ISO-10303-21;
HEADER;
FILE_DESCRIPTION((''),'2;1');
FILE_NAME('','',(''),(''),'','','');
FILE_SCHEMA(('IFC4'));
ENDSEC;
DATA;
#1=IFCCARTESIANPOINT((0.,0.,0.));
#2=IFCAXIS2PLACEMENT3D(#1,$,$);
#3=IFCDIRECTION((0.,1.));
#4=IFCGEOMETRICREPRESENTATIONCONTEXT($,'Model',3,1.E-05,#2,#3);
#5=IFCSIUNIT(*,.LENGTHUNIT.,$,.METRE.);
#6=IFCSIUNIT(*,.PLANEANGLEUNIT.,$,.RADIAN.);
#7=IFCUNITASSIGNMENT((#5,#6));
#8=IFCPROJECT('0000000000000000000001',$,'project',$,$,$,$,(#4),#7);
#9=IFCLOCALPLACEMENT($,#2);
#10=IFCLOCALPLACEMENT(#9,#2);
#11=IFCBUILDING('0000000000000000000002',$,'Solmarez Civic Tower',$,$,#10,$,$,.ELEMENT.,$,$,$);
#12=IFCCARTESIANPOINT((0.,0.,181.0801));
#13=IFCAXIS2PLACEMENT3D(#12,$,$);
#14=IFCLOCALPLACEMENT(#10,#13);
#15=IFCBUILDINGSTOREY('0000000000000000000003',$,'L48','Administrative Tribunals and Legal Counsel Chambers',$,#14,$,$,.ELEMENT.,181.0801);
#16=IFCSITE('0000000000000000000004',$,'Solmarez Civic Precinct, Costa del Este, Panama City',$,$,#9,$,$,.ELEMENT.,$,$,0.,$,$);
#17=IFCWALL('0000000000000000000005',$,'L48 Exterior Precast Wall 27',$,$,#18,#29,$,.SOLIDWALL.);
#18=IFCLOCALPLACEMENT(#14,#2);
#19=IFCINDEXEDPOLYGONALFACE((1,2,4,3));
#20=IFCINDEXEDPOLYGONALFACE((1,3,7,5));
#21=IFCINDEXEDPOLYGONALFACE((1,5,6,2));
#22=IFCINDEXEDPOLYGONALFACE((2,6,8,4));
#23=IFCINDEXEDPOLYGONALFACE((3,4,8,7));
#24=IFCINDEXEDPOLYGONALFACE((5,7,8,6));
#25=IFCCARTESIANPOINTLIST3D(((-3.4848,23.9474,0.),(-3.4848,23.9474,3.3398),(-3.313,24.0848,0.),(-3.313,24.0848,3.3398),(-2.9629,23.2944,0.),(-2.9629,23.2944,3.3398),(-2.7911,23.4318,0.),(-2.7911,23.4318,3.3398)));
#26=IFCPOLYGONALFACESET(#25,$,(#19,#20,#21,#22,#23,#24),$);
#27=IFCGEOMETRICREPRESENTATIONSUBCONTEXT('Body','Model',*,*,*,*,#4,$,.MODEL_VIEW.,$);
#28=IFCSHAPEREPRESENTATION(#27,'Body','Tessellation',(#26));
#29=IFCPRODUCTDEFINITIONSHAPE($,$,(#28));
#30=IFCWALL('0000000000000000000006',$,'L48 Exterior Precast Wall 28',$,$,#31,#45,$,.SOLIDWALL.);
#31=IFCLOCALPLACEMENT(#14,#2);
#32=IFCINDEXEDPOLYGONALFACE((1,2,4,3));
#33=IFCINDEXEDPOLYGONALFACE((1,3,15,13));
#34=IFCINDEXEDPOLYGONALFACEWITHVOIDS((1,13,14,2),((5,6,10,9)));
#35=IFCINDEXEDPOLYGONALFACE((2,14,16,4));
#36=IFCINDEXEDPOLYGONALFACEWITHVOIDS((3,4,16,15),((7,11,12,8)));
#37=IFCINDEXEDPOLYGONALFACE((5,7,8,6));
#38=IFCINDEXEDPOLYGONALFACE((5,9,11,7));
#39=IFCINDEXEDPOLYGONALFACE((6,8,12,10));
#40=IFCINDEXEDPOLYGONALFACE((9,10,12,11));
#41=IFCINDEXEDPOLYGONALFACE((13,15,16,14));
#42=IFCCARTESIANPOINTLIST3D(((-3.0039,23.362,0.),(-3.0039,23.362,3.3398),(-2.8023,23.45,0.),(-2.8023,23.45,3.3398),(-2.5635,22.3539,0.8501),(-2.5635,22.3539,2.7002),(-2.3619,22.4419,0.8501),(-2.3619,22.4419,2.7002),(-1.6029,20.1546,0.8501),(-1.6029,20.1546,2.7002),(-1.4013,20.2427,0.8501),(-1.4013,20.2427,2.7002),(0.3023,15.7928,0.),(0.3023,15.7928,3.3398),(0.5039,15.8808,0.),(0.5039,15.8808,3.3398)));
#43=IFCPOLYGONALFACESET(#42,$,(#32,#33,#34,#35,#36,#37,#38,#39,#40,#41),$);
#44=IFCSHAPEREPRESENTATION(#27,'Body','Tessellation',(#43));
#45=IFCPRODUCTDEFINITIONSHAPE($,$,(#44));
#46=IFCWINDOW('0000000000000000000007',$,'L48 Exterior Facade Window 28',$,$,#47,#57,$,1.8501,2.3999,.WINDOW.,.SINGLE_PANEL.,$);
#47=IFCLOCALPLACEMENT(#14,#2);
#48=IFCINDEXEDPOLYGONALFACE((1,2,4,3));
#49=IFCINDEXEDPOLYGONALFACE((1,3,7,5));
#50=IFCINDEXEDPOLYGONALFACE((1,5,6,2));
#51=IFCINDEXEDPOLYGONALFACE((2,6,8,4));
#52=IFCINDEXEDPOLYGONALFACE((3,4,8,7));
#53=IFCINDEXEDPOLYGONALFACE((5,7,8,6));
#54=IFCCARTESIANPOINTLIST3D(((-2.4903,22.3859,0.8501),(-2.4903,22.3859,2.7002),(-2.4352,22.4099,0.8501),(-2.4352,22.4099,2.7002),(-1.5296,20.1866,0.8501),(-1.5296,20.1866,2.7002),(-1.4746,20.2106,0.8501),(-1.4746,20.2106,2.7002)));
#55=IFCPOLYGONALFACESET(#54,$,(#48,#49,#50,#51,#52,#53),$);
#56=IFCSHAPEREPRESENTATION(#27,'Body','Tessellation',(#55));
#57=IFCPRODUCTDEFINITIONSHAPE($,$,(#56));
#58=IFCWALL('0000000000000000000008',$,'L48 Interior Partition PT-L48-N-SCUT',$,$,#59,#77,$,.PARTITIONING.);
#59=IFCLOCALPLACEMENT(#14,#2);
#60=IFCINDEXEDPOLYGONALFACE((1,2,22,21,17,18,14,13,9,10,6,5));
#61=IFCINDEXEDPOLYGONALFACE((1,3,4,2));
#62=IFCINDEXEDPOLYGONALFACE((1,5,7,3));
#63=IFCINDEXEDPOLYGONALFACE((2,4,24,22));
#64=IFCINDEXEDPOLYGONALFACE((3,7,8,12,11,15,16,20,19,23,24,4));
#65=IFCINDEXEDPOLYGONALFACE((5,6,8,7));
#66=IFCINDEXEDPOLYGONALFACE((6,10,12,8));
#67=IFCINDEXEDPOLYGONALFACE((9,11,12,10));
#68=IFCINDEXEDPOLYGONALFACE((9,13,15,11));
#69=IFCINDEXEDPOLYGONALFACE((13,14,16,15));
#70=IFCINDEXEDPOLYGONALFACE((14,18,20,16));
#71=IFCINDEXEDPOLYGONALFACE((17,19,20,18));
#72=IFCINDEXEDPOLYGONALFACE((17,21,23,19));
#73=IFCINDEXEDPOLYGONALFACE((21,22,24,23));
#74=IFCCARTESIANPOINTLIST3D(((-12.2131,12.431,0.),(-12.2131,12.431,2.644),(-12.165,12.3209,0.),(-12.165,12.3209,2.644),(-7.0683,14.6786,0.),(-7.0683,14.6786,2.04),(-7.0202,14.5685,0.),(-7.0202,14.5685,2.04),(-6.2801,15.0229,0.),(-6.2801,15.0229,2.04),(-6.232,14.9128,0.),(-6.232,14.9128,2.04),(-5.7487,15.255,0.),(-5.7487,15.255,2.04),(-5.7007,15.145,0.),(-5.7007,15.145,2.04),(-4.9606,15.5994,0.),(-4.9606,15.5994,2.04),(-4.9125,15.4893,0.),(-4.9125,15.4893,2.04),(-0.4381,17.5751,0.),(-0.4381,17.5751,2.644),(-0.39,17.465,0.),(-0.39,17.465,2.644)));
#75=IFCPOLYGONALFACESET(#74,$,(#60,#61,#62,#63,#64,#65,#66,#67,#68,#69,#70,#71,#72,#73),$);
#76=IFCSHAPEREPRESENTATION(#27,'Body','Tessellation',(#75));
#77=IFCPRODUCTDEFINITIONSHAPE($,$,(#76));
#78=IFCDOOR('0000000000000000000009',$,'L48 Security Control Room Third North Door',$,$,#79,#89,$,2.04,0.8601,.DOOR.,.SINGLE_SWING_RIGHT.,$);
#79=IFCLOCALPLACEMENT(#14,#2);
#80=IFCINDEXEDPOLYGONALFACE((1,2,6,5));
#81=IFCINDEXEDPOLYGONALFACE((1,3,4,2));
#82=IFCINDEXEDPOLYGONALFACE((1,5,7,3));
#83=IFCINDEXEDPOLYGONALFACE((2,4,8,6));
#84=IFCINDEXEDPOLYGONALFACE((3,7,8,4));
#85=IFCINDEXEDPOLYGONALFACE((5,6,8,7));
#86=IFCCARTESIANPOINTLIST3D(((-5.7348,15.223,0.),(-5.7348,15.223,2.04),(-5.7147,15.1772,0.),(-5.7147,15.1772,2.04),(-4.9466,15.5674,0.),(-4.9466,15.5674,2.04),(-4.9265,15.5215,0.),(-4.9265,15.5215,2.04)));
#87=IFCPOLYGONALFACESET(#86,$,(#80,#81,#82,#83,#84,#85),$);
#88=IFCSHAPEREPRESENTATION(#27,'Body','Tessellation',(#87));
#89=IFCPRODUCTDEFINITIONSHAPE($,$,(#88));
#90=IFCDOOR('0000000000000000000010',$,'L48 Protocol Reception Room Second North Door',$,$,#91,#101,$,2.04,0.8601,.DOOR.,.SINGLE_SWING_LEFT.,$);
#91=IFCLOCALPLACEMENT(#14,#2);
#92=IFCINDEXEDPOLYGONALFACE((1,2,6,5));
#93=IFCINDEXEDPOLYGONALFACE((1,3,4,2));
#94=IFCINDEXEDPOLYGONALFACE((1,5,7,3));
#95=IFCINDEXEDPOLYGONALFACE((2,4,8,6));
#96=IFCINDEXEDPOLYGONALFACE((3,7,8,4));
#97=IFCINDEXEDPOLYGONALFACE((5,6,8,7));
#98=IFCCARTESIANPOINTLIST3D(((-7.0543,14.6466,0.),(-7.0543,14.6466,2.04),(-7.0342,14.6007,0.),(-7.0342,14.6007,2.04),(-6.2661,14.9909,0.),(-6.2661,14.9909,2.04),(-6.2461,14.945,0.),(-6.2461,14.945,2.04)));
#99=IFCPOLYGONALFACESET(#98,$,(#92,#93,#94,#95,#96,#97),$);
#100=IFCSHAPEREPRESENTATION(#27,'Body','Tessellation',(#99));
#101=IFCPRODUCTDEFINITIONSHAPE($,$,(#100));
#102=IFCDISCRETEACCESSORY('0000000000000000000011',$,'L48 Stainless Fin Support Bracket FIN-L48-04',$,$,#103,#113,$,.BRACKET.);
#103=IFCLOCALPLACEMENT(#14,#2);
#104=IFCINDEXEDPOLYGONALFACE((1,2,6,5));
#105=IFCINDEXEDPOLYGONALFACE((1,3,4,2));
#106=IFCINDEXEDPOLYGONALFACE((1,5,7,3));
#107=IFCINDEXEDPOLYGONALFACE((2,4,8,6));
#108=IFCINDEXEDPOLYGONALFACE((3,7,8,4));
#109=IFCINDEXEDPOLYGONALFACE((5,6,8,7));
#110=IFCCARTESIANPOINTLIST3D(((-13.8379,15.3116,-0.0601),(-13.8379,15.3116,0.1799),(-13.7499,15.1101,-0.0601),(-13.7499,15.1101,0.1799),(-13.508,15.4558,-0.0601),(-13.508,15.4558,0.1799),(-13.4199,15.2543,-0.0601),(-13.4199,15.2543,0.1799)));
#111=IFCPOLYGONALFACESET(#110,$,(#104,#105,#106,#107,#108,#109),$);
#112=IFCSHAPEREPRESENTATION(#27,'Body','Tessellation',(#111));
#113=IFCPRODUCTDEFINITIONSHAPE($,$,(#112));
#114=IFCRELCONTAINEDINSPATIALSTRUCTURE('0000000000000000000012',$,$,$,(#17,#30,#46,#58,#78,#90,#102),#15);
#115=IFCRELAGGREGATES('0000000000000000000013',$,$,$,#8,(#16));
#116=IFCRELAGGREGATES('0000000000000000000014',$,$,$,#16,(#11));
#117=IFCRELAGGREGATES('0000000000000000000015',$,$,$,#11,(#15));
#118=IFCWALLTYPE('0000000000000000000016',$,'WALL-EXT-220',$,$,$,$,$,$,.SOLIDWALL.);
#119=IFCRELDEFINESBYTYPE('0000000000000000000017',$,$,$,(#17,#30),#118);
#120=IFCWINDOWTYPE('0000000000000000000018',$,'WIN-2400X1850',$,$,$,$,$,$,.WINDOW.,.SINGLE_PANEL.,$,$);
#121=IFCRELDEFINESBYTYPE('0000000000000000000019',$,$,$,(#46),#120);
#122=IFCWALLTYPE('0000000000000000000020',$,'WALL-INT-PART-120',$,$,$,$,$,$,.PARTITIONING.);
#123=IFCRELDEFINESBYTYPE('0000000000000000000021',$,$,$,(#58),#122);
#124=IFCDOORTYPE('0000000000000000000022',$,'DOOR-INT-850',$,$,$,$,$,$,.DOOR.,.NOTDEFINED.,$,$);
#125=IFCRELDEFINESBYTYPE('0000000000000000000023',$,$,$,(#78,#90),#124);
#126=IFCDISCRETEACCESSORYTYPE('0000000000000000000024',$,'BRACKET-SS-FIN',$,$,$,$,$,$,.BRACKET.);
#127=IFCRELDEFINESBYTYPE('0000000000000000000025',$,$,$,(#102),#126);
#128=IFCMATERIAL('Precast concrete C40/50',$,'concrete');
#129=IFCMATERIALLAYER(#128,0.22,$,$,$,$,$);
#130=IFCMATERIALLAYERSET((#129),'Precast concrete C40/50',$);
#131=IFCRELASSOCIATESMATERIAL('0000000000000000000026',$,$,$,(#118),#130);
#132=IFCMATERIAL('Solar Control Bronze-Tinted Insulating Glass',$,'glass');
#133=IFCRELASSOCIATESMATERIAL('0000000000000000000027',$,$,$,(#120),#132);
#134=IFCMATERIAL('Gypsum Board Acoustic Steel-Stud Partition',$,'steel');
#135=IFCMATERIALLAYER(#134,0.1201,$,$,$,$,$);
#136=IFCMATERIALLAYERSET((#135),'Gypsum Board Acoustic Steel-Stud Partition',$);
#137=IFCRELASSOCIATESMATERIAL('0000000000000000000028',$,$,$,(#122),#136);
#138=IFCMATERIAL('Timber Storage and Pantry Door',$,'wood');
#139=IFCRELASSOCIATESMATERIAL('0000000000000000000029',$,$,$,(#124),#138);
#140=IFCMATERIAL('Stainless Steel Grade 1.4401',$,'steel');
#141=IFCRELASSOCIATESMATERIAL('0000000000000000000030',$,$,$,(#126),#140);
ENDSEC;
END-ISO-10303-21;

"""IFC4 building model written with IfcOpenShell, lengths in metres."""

from ifc_helpers import new_model, si_unit, direction, frame, frame_2d, origin, origin_2d, place, context, subcontext, project, spatial, rectangle, extrude, material, layer, layer_set, type_object, element, fill, save


model = new_model("IFC4")

# Units and contexts
model_context = context("Model", 3, precision=1e-05, world=origin(), true_north=direction((0.0, 1.0)))
body_context = subcontext(model_context, "Body", "Model", "MODEL_VIEW")
ifc_project = project(units=[si_unit("LENGTHUNIT", "METRE"), si_unit("PLANEANGLEUNIT", "RADIAN")], contexts=[model_context])

# Site, building, storey
site_placement = place(None, origin())
site = spatial("IfcSite", under=ifc_project, at=site_placement, Name="Solmarez Civic Precinct, Costa del Este, Panama City", CompositionType="ELEMENT", RefElevation=0.0)
building_placement = place(site_placement, origin())
building = spatial("IfcBuilding", under=site, at=building_placement, Name="Solmarez Civic Tower", CompositionType="ELEMENT")
storey_placement = place(building_placement, frame((0.0, 0.0, 181.0801)))
storey = spatial("IfcBuildingStorey", under=building, at=storey_placement, Name="L48", Description="Administrative Tribunals and Legal Counsel Chambers", CompositionType="ELEMENT", Elevation=181.0801)

# Shared definitions
ifc_material_1 = material(Name="Precast concrete C40/50", Category="concrete")
ifc_layer_1 = layer(ifc_material_1, 0.22)
ifc_layer_set_1 = layer_set([ifc_layer_1], Name="Precast concrete C40/50")
wall_type_1 = type_object("IfcWallType", Name="WALL-EXT-220", PredefinedType="SOLIDWALL", material=ifc_layer_set_1)

# Shared definitions
ifc_material_2 = material(Name="Solar Control Bronze-Tinted Insulating Glass", Category="glass")

# Wall
wall_1_placement = place(storey_placement, frame((-3.3989, 24.0161, 0.0), z_axis=(0.0, 0.0, 1.0), x_axis=(0.624339, -0.781154, 0.0)))
element("IfcWall", 1, at=wall_1_placement, inside=storey, type_object=wall_type_1, Name="L48 Exterior Precast Wall 27", PredefinedType="SOLIDWALL", context=body_context, shape_type="SweptSolid", body=[
    extrude(rectangle(XDim=0.8359, YDim=0.22, at=frame_2d((0.418, 0.0))), origin(), (0.0, 0.0, 1.0), 3.3398),
])

# Wall, opening, window
wall_2_placement = place(storey_placement, frame((-2.9031, 23.406, 0.0), z_axis=(0.0, 0.0, 1.0), x_axis=(0.400278, -0.916394, 0.0)))
wall_2 = element("IfcWall", 2, at=wall_2_placement, inside=storey, type_object=wall_type_1, Name="L48 Exterior Precast Wall 28", PredefinedType="SOLIDWALL", context=body_context, shape_type="SweptSolid", body=[
    extrude(rectangle(XDim=8.2598, YDim=0.22, at=frame_2d((4.1299, 0.0))), origin(), (0.0, 0.0, 1.0), 3.3398),
])
opening_1_placement = place(wall_2_placement, frame((1.1001, 0.0, 0.8501)))
opening_1 = element("IfcOpeningElement", 3, at=opening_1_placement, cuts=wall_2, PredefinedType="OPENING", context=body_context, shape_type="SweptSolid", body=[
    extrude(rectangle(XDim=2.3999, YDim=1.8501, at=frame_2d((1.2, 0.925))), frame((0.0, 0.1199, 0.0), z_axis=(0.0, -1.0, 0.0), x_axis=(1.0, 0.0, 0.0)), (0.0, 0.0, 1.0), 0.24),
])
window_type_1 = type_object("IfcWindowType", Name="WIN-2400X1850", PartitioningType="SINGLE_PANEL", PredefinedType="WINDOW", material=ifc_material_2)
window_1_placement = place(opening_1_placement, origin())
window_1 = element("IfcWindow", 4, at=window_1_placement, inside=storey, type_object=window_type_1, Name="L48 Exterior Facade Window 28", OverallHeight=1.8501, OverallWidth=2.3999, PartitioningType="SINGLE_PANEL", PredefinedType="WINDOW", context=body_context, shape_type="SweptSolid", body=[
    extrude(rectangle(XDim=2.3999, YDim=1.8501, at=frame_2d((1.2, 0.925))), frame((0.0, 0.03, 0.0), z_axis=(0.0, -1.0, 0.0), x_axis=(1.0, 0.0, 0.0)), (0.0, 0.0, 1.0), 0.0601),
])
fill(opening_1, window_1)

# Wall, openings, doors
ifc_material_3 = material(Name="Gypsum Board Acoustic Steel-Stud Partition", Category="steel")
ifc_layer_2 = layer(ifc_material_3, 0.1201)
ifc_layer_set_2 = layer_set([ifc_layer_2], Name="Gypsum Board Acoustic Steel-Stud Partition")
wall_type_2 = type_object("IfcWallType", Name="WALL-INT-PART-120", PredefinedType="PARTITIONING", material=ifc_layer_set_2)
wall_3_placement = place(storey_placement, frame((-0.4141, 17.52, 0.0), z_axis=(0.0, 0.0, 1.0), x_axis=(-0.916371, -0.40033, 0.0)))
wall_3 = element("IfcWall", 5, at=wall_3_placement, inside=storey, type_object=wall_type_2, Name="L48 Interior Partition PT-L48-N-SCUT", PredefinedType="PARTITIONING", context=body_context, shape_type="SweptSolid", body=[
    extrude(rectangle(XDim=12.8496, YDim=0.1201, at=frame_2d((6.4248, 0.0))), origin(), (0.0, 0.0, 1.0), 2.644),
])
opening_2_placement = place(wall_3_placement, frame((4.9351, 0.0, 0.0)))
opening_2 = element("IfcOpeningElement", 6, at=opening_2_placement, cuts=wall_3, PredefinedType="OPENING", context=body_context, shape_type="SweptSolid", body=[
    extrude(rectangle(XDim=0.8601, YDim=2.04, at=frame_2d((0.4302, 1.02))), frame((0.0, 0.0701, 0.0), z_axis=(0.0, -1.0, 0.0), x_axis=(1.0, 0.0, 0.0)), (0.0, 0.0, 1.0), 0.1401),
])
opening_3_placement = place(wall_3_placement, frame((6.375, 0.0, 0.0)))
opening_3 = element("IfcOpeningElement", 7, at=opening_3_placement, cuts=wall_3, PredefinedType="OPENING", context=body_context, shape_type="SweptSolid", body=[
    extrude(rectangle(XDim=0.8601, YDim=2.04, at=frame_2d((0.4302, 1.02))), frame((0.0, 0.0701, 0.0), z_axis=(0.0, -1.0, 0.0), x_axis=(1.0, 0.0, 0.0)), (0.0, 0.0, 1.0), 0.1401),
])
ifc_material_4 = material(Name="Timber Storage and Pantry Door", Category="wood")
door_type = type_object("IfcDoorType", Name="DOOR-INT-850", OperationType="NOTDEFINED", PredefinedType="DOOR", material=ifc_material_4)
door_1_placement = place(opening_2_placement, origin())
door_1 = element("IfcDoor", 8, at=door_1_placement, inside=storey, type_object=door_type, Name="L48 Security Control Room Third North Door", OperationType="SINGLE_SWING_RIGHT", OverallHeight=2.04, OverallWidth=0.8601, PredefinedType="DOOR", context=body_context, shape_type="SweptSolid", body=[
    extrude(rectangle(XDim=0.8601, YDim=2.04, at=frame_2d((0.4302, 1.02))), frame((0.0, 0.0249, 0.0), z_axis=(0.0, -1.0, 0.0), x_axis=(1.0, 0.0, 0.0)), (0.0, 0.0, 1.0), 0.05),
])
fill(opening_2, door_1)
door_2_placement = place(opening_3_placement, origin())
door_2 = element("IfcDoor", 9, at=door_2_placement, inside=storey, type_object=door_type, Name="L48 Protocol Reception Room Second North Door", OperationType="SINGLE_SWING_LEFT", OverallHeight=2.04, OverallWidth=0.8601, PredefinedType="DOOR", context=body_context, shape_type="SweptSolid", body=[
    extrude(rectangle(XDim=0.8601, YDim=2.04, at=frame_2d((0.4302, 1.02))), frame((0.0, 0.0249, 0.0), z_axis=(0.0, -1.0, 0.0), x_axis=(1.0, 0.0, 0.0)), (0.0, 0.0, 1.0), 0.05),
])
fill(opening_3, door_2)

# Discrete accessory
ifc_material_5 = material(Name="Stainless Steel Grade 1.4401", Category="steel")
discrete_accessory_type = type_object("IfcDiscreteAccessoryType", Name="BRACKET-SS-FIN", PredefinedType="BRACKET", material=ifc_material_5)
discrete_accessory_placement = place(storey_placement, frame((-13.6289, 15.283, -0.0601), z_axis=(0.0, 0.0, 1.0), x_axis=(-0.91634, -0.4004, 0.0)))
element("IfcDiscreteAccessory", 10, at=discrete_accessory_placement, inside=storey, type_object=discrete_accessory_type, Name="L48 Stainless Fin Support Bracket FIN-L48-04", PredefinedType="BRACKET", context=body_context, shape_type="SweptSolid", body=[
    extrude(rectangle(XDim=0.3601, YDim=0.22, at=origin_2d()), origin(), (0.0, 0.0, 1.0), 0.24),
])

save(model, "model.ifc")
